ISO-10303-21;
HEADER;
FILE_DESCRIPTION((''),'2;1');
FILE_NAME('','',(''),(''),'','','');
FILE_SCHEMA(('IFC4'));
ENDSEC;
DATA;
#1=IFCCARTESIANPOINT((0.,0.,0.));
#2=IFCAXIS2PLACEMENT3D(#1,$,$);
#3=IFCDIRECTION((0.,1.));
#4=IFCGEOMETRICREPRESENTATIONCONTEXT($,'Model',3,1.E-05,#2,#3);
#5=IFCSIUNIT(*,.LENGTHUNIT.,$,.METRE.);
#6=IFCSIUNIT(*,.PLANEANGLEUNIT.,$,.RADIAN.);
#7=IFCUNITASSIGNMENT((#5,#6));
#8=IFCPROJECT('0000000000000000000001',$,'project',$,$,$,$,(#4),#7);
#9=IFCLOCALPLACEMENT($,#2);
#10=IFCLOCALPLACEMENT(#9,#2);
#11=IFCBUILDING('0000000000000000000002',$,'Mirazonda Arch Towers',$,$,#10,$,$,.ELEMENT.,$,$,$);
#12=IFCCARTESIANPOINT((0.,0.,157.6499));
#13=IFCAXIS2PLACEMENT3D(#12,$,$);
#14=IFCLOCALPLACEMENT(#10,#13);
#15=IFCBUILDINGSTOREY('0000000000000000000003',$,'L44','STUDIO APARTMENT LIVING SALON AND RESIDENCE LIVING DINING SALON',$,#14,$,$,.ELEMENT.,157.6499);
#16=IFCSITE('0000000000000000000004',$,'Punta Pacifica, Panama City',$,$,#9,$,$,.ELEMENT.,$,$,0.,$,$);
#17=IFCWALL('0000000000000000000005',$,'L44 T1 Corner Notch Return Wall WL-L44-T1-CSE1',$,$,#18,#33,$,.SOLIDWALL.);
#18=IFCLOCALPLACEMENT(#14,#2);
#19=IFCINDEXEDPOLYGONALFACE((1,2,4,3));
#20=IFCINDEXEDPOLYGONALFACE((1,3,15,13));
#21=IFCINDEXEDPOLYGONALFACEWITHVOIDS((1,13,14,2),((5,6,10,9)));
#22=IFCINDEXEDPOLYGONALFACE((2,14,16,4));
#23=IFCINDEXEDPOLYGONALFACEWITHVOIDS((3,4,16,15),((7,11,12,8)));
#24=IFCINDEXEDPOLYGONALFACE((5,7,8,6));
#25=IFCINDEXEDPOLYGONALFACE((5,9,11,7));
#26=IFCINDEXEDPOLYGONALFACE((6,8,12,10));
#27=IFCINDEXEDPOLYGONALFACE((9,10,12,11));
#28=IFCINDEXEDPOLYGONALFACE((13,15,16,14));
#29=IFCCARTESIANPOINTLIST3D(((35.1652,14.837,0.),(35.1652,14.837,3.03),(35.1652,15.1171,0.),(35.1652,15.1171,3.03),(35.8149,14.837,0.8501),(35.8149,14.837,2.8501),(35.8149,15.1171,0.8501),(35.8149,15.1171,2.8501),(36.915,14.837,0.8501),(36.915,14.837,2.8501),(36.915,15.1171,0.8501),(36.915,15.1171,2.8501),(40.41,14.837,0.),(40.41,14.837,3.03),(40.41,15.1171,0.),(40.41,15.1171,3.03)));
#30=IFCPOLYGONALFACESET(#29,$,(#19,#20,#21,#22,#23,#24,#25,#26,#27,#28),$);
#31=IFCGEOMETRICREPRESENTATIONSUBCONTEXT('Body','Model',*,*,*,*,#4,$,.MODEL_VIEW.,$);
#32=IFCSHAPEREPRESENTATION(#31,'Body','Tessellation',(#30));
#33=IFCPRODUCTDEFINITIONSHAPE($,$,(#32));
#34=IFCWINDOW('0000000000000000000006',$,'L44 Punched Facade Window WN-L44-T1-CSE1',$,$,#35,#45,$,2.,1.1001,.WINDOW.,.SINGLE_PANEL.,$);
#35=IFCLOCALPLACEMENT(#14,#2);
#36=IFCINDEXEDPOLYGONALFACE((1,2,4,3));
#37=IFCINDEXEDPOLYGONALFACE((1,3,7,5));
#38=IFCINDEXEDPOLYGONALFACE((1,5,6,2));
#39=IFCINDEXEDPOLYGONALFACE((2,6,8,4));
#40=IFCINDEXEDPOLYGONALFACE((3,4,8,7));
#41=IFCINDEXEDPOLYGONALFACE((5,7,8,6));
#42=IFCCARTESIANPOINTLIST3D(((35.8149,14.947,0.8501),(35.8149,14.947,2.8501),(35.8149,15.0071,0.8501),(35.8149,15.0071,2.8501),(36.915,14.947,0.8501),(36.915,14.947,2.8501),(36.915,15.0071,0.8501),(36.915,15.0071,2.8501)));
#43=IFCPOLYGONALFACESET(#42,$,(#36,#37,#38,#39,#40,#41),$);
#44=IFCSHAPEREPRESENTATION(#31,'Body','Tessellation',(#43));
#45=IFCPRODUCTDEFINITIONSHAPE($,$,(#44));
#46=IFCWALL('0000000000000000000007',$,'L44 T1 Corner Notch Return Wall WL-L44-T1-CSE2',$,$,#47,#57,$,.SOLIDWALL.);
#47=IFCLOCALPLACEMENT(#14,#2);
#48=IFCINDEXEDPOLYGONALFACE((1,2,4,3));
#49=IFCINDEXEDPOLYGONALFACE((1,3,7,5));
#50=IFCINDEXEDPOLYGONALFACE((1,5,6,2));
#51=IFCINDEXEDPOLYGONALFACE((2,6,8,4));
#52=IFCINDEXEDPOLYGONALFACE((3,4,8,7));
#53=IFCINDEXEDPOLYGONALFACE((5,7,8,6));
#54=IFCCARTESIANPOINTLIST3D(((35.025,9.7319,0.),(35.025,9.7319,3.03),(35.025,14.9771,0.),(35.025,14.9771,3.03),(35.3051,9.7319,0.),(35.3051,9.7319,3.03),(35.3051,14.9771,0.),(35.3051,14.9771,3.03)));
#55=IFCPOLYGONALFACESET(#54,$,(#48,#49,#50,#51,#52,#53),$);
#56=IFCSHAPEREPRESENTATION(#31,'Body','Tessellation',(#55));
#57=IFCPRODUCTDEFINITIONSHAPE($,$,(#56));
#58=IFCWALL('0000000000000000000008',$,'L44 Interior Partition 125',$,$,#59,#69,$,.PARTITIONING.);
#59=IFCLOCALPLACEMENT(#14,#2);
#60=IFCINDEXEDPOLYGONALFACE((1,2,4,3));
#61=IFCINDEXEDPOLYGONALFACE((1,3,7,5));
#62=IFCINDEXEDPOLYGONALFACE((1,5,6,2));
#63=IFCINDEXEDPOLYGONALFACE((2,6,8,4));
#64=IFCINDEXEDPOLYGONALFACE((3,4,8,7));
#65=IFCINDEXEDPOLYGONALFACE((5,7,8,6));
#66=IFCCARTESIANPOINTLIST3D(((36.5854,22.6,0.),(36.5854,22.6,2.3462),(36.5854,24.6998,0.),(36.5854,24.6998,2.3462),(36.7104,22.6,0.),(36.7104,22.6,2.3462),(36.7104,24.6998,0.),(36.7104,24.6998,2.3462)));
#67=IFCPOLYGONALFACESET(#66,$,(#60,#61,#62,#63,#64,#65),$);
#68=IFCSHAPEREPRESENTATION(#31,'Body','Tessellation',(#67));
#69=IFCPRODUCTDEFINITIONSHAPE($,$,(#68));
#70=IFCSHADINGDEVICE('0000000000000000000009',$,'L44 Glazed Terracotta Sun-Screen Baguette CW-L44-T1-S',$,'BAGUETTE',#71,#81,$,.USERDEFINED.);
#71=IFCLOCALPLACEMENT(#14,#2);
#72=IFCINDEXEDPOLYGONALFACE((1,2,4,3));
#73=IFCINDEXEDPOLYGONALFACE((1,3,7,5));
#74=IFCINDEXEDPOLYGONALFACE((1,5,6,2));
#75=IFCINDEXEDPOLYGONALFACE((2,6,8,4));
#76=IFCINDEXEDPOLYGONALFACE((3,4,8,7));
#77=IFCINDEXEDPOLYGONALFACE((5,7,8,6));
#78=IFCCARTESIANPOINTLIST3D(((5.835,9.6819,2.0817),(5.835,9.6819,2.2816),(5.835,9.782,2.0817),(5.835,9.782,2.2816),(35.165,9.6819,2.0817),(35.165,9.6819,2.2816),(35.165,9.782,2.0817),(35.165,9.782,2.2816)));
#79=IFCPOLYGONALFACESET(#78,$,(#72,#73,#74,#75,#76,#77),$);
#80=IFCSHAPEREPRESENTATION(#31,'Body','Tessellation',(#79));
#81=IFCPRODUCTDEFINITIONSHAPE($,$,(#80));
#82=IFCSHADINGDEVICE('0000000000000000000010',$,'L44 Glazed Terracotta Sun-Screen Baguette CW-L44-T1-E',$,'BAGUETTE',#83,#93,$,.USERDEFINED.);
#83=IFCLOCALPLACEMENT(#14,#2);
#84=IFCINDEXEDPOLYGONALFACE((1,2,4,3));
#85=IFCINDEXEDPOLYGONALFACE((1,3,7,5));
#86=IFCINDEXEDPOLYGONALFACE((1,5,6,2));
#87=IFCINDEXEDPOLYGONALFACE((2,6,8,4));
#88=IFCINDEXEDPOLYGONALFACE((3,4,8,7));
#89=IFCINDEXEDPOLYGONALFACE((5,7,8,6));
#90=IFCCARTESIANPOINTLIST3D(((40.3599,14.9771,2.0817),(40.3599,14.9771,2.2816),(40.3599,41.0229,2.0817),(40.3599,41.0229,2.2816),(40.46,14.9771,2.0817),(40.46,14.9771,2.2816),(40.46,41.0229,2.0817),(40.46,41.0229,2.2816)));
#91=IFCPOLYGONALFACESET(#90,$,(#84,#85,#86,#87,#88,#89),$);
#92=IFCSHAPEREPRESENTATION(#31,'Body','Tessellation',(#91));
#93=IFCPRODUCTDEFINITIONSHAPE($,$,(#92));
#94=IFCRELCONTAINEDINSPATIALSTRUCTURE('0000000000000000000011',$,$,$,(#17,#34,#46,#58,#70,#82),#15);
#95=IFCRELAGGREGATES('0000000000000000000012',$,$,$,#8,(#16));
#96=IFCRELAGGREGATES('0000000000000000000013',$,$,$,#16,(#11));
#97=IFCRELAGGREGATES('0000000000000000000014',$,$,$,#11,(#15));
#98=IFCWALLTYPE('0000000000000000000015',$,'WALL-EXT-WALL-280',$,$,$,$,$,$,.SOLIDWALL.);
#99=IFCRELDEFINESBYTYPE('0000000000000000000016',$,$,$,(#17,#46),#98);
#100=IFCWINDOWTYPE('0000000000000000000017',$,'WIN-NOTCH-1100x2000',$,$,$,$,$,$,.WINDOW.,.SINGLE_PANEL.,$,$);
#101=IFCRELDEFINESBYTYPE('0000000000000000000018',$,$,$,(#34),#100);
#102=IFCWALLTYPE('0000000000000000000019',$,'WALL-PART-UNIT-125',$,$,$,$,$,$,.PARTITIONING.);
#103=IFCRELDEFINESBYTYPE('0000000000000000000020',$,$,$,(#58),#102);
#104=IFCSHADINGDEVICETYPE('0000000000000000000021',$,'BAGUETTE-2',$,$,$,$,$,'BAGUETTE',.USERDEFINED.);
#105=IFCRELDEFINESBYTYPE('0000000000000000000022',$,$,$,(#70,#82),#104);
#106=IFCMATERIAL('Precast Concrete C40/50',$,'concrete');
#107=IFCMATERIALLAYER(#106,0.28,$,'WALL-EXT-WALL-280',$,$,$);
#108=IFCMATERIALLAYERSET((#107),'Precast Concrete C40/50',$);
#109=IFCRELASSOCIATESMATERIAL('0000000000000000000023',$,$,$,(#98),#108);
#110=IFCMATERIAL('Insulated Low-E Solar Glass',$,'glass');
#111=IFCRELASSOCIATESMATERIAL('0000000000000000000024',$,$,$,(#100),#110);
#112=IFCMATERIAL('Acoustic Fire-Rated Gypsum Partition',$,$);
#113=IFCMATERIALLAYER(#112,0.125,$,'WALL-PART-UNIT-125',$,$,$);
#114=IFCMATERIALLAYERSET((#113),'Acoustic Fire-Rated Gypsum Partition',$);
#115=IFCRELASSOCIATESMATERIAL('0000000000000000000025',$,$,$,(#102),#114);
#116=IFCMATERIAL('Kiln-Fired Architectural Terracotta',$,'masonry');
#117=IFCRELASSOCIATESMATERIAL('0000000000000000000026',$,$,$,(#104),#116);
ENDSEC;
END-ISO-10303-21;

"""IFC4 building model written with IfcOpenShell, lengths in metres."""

from ifc_helpers import new_model, si_unit, direction, frame, frame_2d, origin, origin_2d, place, context, subcontext, project, spatial, rectangle, extrude, material, layer, layer_set, material_profile, profile_set, type_object, element, fill, save


model = new_model("IFC4")

# Units and contexts
model_context = context("Model", 3, precision=1e-05, world=origin(), true_north=direction((0.0, 1.0)))
body_context = subcontext(model_context, "Body", "Model", "MODEL_VIEW")
ifc_project = project(units=[si_unit("LENGTHUNIT", "METRE"), si_unit("PLANEANGLEUNIT", "RADIAN")], contexts=[model_context])

# Site, building, storey
site_placement = place(None, origin())
site = spatial("IfcSite", under=ifc_project, at=site_placement, Name="Punta Pacifica, Panama City", CompositionType="ELEMENT", RefElevation=0.0)
building_placement = place(site_placement, origin())
building = spatial("IfcBuilding", under=site, at=building_placement, Name="Mirazonda Arch Towers", CompositionType="ELEMENT")
storey_placement = place(building_placement, frame((0.0, 0.0, 157.6499)))
storey = spatial("IfcBuildingStorey", under=building, at=storey_placement, Name="L44", Description="STUDIO APARTMENT LIVING SALON AND RESIDENCE LIVING DINING SALON", CompositionType="ELEMENT", Elevation=157.6499)

# Shared definitions
ifc_material_1 = material(Name="Insulated Low-E Solar Glass", Category="glass")

# Wall, opening, window
ifc_material_2 = material(Name="Precast Concrete C40/50", Category="concrete")
ifc_layer_1 = layer(ifc_material_2, 0.28, Name="WALL-EXT-WALL-280")
ifc_layer_set_1 = layer_set([ifc_layer_1], Name="Precast Concrete C40/50")
wall_type_1 = type_object("IfcWallType", Name="WALL-EXT-WALL-280", PredefinedType="SOLIDWALL", material=ifc_layer_set_1)
wall_1_placement = place(storey_placement, frame((35.165, 14.9771, 0.0), z_axis=(0.0, 0.0, 1.0), x_axis=(1.0, 0.0, 0.0)))
wall_1 = element("IfcWall", 1, at=wall_1_placement, inside=storey, type_object=wall_type_1, Name="L44 T1 Corner Notch Return Wall WL-L44-T1-CSE1", PredefinedType="SOLIDWALL", context=body_context, shape_type="SweptSolid", body=[
    extrude(rectangle(XDim=5.2449, YDim=0.28, at=frame_2d((2.6226, 0.0))), origin(), (0.0, 0.0, 1.0), 3.03),
])
opening_placement = place(wall_1_placement, frame((0.6499, 0.0, 0.8501)))
opening = element("IfcOpeningElement", 2, at=opening_placement, cuts=wall_1, PredefinedType="OPENING", context=body_context, shape_type="SweptSolid", body=[
    extrude(rectangle(XDim=1.1001, YDim=2.0, at=frame_2d((0.55, 1.0))), frame((0.0, 0.1499, 0.0), z_axis=(0.0, -1.0, 0.0), x_axis=(1.0, 0.0, 0.0)), (0.0, 0.0, 1.0), 0.3),
])
window_type = type_object("IfcWindowType", Name="WIN-NOTCH-1100x2000", PartitioningType="SINGLE_PANEL", PredefinedType="WINDOW", material=ifc_material_1)
window_placement = place(opening_placement, origin())
window = element("IfcWindow", 3, at=window_placement, inside=storey, type_object=window_type, Name="L44 Punched Facade Window WN-L44-T1-CSE1", OverallHeight=2.0, OverallWidth=1.1001, PartitioningType="SINGLE_PANEL", PredefinedType="WINDOW", context=body_context, shape_type="SweptSolid", body=[
    extrude(rectangle(XDim=1.1001, YDim=2.0, at=frame_2d((0.55, 1.0))), frame((0.0, 0.03, 0.0), z_axis=(0.0, -1.0, 0.0), x_axis=(1.0, 0.0, 0.0)), (0.0, 0.0, 1.0), 0.0601),
])
fill(opening, window)

# Walls
wall_2_placement = place(storey_placement, frame((35.165, 9.7319, 0.0), z_axis=(0.0, 0.0, 1.0), x_axis=(0.0, 1.0, 0.0)))
element("IfcWall", 4, at=wall_2_placement, inside=storey, type_object=wall_type_1, Name="L44 T1 Corner Notch Return Wall WL-L44-T1-CSE2", PredefinedType="SOLIDWALL", context=body_context, shape_type="SweptSolid", body=[
    extrude(rectangle(XDim=5.2451, YDim=0.28, at=frame_2d((2.6226, 0.0))), origin(), (0.0, 0.0, 1.0), 3.03),
])
ifc_material_3 = material(Name="Acoustic Fire-Rated Gypsum Partition")
ifc_layer_2 = layer(ifc_material_3, 0.125, Name="WALL-PART-UNIT-125")
ifc_layer_set_2 = layer_set([ifc_layer_2], Name="Acoustic Fire-Rated Gypsum Partition")
wall_type_2 = type_object("IfcWallType", Name="WALL-PART-UNIT-125", PredefinedType="PARTITIONING", material=ifc_layer_set_2)
wall_3_placement = place(storey_placement, frame((36.6479, 22.6001, 0.0), z_axis=(0.0, 0.0, 1.0), x_axis=(0.0, 1.0, 0.0)))
element("IfcWall", 5, at=wall_3_placement, inside=storey, type_object=wall_type_2, Name="L44 Interior Partition 125", PredefinedType="PARTITIONING", context=body_context, shape_type="SweptSolid", body=[
    extrude(rectangle(XDim=2.0999, YDim=0.125, at=frame_2d((1.0498, 0.0))), origin(), (0.0, 0.0, 1.0), 2.3462),
])

# Shading devices
ifc_material_4 = material(Name="Kiln-Fired Architectural Terracotta", Category="masonry")
ifc_material_profile_1 = material_profile(ifc_material_4, rectangle(XDim=0.1001, YDim=0.2, at=origin_2d()), Name="TERRA-BAG-100x200")
ifc_profile_set_1 = profile_set([ifc_material_profile_1], Name="Kiln-Fired Architectural Terracotta")
shading_device_type = type_object("IfcShadingDeviceType", Name="BAGUETTE-2", ElementType="BAGUETTE", PredefinedType="USERDEFINED", material=ifc_profile_set_1)
shading_device_1_placement = place(storey_placement, frame((35.165, 9.7319, 2.1816), z_axis=(-1.0, 0.0, 0.0), x_axis=(0.0, -1.0, 0.0)))
element("IfcShadingDevice", 6, at=shading_device_1_placement, inside=storey, type_object=shading_device_type, Name="L44 Glazed Terracotta Sun-Screen Baguette CW-L44-T1-S", ObjectType="BAGUETTE", PredefinedType="USERDEFINED", context=body_context, shape_type="SweptSolid", body=[
    extrude(rectangle(XDim=0.1001, YDim=0.2, at=origin_2d()), origin(), (0.0, 0.0, 1.0), 29.3301),
])
shading_device_2_placement = place(storey_placement, frame((40.4099, 14.9771, 2.1816), z_axis=(0.0, 1.0, 0.0), x_axis=(-1.0, 0.0, 0.0)))
element("IfcShadingDevice", 7, at=shading_device_2_placement, inside=storey, type_object=shading_device_type, Name="L44 Glazed Terracotta Sun-Screen Baguette CW-L44-T1-E", ObjectType="BAGUETTE", PredefinedType="USERDEFINED", context=body_context, shape_type="SweptSolid", body=[
    extrude(rectangle(XDim=0.1001, YDim=0.2, at=origin_2d()), origin(), (0.0, 0.0, 1.0), 26.0459),
])

save(model, "model.ifc")
